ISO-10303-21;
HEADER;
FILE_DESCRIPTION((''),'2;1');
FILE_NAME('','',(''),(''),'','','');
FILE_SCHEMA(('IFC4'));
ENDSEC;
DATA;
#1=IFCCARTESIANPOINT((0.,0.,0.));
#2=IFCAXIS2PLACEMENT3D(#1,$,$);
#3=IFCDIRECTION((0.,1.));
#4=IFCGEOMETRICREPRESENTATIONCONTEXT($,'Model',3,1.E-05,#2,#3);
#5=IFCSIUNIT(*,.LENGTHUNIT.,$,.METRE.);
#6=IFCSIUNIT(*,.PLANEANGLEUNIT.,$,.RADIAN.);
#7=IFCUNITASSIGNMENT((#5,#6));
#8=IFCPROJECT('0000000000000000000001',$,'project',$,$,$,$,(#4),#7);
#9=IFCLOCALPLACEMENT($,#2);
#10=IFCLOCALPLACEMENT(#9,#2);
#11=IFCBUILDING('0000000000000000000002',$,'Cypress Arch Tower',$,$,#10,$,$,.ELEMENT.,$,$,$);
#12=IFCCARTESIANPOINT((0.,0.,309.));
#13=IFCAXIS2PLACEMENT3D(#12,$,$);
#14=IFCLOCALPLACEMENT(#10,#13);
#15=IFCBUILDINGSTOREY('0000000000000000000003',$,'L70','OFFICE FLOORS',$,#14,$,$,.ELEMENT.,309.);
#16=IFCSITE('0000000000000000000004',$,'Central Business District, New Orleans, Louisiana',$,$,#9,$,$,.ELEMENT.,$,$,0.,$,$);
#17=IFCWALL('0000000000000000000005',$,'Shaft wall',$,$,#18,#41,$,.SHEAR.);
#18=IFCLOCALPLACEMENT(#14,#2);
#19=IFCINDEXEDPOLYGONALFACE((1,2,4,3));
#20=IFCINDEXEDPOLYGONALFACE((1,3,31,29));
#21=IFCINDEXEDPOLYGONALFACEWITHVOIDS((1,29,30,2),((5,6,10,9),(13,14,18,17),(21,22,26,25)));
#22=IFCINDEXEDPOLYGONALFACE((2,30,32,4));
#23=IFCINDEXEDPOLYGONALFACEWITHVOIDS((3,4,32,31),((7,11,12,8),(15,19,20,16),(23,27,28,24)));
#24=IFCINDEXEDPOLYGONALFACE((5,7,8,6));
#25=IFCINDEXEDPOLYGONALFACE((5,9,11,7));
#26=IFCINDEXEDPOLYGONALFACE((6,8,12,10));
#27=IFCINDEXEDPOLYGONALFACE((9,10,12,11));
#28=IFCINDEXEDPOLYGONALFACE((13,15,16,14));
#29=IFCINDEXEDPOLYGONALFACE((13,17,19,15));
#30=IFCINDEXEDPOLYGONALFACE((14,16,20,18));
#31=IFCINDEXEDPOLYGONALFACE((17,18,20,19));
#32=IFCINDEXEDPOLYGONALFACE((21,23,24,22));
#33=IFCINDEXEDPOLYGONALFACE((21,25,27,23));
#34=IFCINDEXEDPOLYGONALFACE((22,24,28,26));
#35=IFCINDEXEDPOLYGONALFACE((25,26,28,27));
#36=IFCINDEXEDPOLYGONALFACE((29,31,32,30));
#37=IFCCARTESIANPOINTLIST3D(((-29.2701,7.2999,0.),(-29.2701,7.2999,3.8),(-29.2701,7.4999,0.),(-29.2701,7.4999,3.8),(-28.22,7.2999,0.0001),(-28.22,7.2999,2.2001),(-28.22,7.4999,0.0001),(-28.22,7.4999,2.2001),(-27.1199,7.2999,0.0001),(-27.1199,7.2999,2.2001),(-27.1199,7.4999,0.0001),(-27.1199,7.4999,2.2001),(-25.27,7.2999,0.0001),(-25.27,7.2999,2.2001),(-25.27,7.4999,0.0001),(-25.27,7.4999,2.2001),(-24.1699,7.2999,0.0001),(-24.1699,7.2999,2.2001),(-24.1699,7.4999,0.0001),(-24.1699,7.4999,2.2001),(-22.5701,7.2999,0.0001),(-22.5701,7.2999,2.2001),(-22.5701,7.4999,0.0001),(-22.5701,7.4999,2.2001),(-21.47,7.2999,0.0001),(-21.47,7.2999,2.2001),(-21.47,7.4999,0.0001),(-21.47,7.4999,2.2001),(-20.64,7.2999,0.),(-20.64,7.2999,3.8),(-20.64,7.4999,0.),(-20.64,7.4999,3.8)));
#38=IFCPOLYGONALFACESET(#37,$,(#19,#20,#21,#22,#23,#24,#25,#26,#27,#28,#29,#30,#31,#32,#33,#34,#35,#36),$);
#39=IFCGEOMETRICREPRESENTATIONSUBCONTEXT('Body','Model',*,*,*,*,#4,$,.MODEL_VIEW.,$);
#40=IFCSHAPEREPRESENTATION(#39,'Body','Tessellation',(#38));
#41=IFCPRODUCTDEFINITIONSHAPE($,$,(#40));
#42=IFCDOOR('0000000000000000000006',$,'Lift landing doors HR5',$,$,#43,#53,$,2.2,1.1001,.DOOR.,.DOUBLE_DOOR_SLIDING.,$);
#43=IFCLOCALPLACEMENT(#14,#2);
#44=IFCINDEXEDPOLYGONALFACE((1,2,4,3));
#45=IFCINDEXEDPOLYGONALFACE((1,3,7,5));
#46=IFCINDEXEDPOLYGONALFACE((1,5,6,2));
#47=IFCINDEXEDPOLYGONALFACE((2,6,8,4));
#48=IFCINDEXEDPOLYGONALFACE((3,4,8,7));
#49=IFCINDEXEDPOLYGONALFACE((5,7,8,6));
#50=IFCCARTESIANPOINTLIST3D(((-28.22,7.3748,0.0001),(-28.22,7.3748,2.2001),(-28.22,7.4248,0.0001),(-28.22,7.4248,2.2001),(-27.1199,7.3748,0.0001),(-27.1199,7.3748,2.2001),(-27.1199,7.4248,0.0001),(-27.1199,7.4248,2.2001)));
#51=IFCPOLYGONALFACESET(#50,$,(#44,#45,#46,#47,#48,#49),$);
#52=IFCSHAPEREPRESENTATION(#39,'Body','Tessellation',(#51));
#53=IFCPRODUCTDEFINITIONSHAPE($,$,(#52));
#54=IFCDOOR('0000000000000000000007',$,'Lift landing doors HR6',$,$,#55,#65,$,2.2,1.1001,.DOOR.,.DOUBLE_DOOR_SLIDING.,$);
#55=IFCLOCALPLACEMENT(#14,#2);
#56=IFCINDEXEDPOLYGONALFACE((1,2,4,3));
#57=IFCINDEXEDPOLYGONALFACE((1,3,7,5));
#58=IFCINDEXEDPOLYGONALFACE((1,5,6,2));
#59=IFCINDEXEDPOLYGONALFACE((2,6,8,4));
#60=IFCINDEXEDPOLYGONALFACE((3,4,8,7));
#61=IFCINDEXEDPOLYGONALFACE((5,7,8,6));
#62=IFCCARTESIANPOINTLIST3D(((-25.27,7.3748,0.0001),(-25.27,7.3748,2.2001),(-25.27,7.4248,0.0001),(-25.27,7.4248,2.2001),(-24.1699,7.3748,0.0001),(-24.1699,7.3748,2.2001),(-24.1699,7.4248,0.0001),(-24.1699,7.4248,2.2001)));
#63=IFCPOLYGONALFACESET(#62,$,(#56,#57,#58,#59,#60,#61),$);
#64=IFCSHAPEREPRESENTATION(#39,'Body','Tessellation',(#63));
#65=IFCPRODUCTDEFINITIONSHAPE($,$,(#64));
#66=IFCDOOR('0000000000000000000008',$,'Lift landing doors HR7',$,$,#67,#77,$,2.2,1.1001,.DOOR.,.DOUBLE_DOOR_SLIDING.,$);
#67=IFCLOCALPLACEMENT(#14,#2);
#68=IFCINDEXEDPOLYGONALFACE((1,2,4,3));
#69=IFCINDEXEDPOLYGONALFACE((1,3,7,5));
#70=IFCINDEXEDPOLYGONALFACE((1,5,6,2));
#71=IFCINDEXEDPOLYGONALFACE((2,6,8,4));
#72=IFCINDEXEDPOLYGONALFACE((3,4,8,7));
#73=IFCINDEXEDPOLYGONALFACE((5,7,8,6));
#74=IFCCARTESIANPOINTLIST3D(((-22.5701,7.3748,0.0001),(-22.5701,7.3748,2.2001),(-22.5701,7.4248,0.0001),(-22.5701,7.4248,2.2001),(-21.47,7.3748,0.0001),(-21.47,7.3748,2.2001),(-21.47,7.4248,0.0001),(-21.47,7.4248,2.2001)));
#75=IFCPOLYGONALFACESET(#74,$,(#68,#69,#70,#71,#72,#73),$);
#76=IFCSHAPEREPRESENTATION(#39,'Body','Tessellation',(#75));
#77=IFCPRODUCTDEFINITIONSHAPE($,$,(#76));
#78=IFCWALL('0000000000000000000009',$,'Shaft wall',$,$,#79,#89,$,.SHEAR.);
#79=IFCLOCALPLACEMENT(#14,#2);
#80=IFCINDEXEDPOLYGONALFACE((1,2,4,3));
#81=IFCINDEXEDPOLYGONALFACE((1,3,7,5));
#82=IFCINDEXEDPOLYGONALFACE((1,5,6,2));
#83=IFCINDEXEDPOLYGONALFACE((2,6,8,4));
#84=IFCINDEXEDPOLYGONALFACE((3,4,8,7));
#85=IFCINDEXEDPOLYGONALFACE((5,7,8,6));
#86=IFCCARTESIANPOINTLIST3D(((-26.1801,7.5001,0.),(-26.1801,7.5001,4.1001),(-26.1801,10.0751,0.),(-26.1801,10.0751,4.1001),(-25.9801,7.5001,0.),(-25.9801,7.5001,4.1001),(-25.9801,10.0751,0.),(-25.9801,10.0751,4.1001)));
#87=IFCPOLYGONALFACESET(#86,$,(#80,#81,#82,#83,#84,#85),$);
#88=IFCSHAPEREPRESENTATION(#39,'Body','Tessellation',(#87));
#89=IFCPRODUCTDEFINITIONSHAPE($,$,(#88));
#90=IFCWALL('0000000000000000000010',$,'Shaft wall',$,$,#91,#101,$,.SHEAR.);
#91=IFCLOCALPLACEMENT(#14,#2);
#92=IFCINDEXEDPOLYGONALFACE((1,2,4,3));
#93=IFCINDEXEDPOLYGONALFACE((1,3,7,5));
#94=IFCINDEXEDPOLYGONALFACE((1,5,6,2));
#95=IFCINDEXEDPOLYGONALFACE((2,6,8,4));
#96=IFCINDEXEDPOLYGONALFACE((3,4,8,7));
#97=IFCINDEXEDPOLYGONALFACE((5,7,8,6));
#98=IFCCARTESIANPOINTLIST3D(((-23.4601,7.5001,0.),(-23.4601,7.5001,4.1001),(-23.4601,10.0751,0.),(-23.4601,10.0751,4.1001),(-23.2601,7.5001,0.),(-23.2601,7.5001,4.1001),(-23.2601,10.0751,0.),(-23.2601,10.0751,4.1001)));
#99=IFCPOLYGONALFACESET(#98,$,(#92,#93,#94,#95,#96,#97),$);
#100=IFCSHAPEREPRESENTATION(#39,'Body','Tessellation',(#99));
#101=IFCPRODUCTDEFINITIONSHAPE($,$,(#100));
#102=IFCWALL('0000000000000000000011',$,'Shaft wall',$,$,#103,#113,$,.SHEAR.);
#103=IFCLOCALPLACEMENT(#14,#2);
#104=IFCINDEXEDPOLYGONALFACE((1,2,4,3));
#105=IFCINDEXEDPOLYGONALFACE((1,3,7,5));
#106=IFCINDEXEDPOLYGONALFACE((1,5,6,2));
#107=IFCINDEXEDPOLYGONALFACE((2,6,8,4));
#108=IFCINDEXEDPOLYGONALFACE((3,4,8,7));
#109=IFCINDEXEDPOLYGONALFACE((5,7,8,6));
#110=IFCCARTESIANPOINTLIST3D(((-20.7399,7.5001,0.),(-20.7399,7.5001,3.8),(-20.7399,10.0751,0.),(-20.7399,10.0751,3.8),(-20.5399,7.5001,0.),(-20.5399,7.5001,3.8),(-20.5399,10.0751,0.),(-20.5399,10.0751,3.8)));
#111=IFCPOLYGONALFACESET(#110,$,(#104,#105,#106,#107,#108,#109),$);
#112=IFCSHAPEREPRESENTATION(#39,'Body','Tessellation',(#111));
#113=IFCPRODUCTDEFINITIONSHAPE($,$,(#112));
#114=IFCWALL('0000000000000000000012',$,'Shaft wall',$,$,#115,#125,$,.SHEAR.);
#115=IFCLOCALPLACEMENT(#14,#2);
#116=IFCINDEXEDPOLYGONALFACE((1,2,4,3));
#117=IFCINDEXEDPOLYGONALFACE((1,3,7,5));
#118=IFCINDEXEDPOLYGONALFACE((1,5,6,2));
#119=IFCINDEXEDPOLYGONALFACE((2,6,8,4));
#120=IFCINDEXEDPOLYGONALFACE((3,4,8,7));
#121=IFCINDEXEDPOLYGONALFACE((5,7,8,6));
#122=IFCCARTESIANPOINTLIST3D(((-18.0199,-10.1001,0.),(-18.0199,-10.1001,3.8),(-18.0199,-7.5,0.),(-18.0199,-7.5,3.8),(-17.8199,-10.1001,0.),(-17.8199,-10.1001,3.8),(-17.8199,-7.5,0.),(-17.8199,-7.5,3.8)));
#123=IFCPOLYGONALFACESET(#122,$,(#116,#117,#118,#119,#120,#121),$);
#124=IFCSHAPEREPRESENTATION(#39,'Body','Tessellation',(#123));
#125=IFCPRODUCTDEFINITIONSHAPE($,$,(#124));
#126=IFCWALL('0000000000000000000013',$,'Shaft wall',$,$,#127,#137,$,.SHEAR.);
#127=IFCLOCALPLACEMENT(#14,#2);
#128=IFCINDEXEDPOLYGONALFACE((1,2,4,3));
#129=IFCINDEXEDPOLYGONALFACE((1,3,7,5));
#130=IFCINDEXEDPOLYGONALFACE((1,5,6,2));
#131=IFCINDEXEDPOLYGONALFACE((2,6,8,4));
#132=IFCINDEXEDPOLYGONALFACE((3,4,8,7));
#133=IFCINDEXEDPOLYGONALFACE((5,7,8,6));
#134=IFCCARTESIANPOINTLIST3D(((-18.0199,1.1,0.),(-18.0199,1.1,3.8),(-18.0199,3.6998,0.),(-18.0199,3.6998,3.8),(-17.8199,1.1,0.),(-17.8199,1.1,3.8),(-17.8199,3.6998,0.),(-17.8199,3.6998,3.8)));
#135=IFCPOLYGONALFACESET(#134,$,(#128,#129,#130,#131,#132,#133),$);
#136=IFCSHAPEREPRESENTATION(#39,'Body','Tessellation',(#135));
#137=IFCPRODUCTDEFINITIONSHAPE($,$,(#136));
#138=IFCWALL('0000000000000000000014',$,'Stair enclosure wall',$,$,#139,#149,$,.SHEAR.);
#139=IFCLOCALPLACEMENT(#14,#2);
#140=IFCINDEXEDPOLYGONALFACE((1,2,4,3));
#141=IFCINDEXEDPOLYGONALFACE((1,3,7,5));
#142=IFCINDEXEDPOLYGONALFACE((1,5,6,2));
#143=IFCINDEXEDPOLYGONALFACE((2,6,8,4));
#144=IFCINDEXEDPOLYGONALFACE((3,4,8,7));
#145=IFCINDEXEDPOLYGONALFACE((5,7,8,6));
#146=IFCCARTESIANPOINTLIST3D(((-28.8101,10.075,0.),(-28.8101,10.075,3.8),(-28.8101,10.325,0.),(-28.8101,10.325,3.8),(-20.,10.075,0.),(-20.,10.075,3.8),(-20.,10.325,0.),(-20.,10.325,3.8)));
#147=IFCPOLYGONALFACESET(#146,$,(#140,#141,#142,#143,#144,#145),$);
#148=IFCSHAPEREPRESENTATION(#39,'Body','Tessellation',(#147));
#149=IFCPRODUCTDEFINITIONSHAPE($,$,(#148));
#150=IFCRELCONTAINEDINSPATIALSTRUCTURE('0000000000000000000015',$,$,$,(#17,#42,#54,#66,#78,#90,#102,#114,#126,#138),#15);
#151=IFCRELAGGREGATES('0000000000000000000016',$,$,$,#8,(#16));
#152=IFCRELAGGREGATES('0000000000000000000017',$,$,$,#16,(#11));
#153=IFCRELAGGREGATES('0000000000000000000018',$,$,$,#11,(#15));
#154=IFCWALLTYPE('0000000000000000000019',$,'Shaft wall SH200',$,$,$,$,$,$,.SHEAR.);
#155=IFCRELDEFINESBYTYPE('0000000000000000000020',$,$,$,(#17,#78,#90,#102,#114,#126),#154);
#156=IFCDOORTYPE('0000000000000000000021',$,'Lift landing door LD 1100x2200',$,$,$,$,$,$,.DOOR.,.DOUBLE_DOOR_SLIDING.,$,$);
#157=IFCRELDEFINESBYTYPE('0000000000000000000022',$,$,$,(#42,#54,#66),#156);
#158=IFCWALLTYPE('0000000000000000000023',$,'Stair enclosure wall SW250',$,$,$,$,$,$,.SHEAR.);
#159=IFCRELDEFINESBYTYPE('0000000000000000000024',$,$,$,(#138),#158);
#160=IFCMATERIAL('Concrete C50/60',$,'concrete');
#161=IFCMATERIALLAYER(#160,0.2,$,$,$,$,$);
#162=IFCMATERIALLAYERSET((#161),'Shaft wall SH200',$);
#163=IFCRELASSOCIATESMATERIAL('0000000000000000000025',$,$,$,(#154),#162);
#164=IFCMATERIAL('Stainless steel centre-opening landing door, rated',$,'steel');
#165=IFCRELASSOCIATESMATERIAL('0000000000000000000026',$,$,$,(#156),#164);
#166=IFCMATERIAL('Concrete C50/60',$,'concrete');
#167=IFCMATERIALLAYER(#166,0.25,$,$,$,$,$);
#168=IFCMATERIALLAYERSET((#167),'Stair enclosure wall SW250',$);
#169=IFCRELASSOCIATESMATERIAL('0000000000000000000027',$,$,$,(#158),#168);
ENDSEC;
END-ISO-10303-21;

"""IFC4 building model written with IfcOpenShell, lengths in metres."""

from ifc_helpers import new_model, si_unit, direction, frame, frame_2d, origin, place, context, subcontext, project, spatial, rectangle, extrude, material, layer, layer_set, type_object, element, fill, save


model = new_model("IFC4")

# Units and contexts
model_context = context("Model", 3, precision=1e-05, world=origin(), true_north=direction((0.0, 1.0)))
body_context = subcontext(model_context, "Body", "Model", "MODEL_VIEW")
ifc_project = project(units=[si_unit("LENGTHUNIT", "METRE"), si_unit("PLANEANGLEUNIT", "RADIAN")], contexts=[model_context])

# Site, building, storey
site_placement = place(None, origin())
site = spatial("IfcSite", under=ifc_project, at=site_placement, Name="Central Business District, New Orleans, Louisiana", CompositionType="ELEMENT", RefElevation=0.0)
building_placement = place(site_placement, origin())
building = spatial("IfcBuilding", under=site, at=building_placement, Name="Cypress Arch Tower", CompositionType="ELEMENT")
storey_placement = place(building_placement, frame((0.0, 0.0, 309.0)))
storey = spatial("IfcBuildingStorey", under=building, at=storey_placement, Name="L70", Description="OFFICE FLOORS", CompositionType="ELEMENT", Elevation=309.0)

# Wall, openings, doors
ifc_material_1 = material(Name="Concrete C50/60", Category="concrete")
ifc_layer_1 = layer(ifc_material_1, 0.2)
ifc_layer_set_1 = layer_set([ifc_layer_1], Name="Shaft wall SH200")
wall_type_1 = type_object("IfcWallType", Name="Shaft wall SH200", PredefinedType="SHEAR", material=ifc_layer_set_1)
wall_1_placement = place(storey_placement, frame((-29.27, 7.3999, 0.0), z_axis=(0.0, 0.0, 1.0), x_axis=(1.0, 0.0, 0.0)))
wall_1 = element("IfcWall", 1, at=wall_1_placement, inside=storey, type_object=wall_type_1, Name="Shaft wall", PredefinedType="SHEAR", context=body_context, shape_type="SweptSolid", body=[
    extrude(rectangle(XDim=8.6301, YDim=0.2, at=frame_2d((4.3149, 0.0))), origin(), (0.0, 0.0, 1.0), 3.8),
])
opening_1_placement = place(wall_1_placement, frame((1.05, 0.0, 0.0)))
opening_1 = element("IfcOpeningElement", 2, at=opening_1_placement, cuts=wall_1, PredefinedType="OPENING", context=body_context, shape_type="SweptSolid", body=[
    extrude(rectangle(XDim=1.1001, YDim=2.2, at=frame_2d((0.55, 1.1001))), frame((0.0, 0.1099, 0.0), z_axis=(0.0, -1.0, 0.0), x_axis=(1.0, 0.0, 0.0)), (0.0, 0.0, 1.0), 0.22),
])
opening_2_placement = place(wall_1_placement, frame((4.0, 0.0, 0.0)))
opening_2 = element("IfcOpeningElement", 3, at=opening_2_placement, cuts=wall_1, PredefinedType="OPENING", context=body_context, shape_type="SweptSolid", body=[
    extrude(rectangle(XDim=1.1001, YDim=2.2, at=frame_2d((0.55, 1.1001))), frame((0.0, 0.1099, 0.0), z_axis=(0.0, -1.0, 0.0), x_axis=(1.0, 0.0, 0.0)), (0.0, 0.0, 1.0), 0.22),
])
opening_3_placement = place(wall_1_placement, frame((6.7, 0.0, 0.0)))
opening_3 = element("IfcOpeningElement", 4, at=opening_3_placement, cuts=wall_1, PredefinedType="OPENING", context=body_context, shape_type="SweptSolid", body=[
    extrude(rectangle(XDim=1.1001, YDim=2.2, at=frame_2d((0.55, 1.1001))), frame((0.0, 0.1099, 0.0), z_axis=(0.0, -1.0, 0.0), x_axis=(1.0, 0.0, 0.0)), (0.0, 0.0, 1.0), 0.22),
])
ifc_material_2 = material(Name="Stainless steel centre-opening landing door, rated", Category="steel")
door_type_1 = type_object("IfcDoorType", Name="Lift landing door LD 1100x2200", OperationType="DOUBLE_DOOR_SLIDING", PredefinedType="DOOR", material=ifc_material_2)
door_1_placement = place(opening_1_placement, origin())
door_1 = element("IfcDoor", 5, at=door_1_placement, inside=storey, type_object=door_type_1, Name="Lift landing doors HR5", OperationType="DOUBLE_DOOR_SLIDING", OverallHeight=2.2, OverallWidth=1.1001, PredefinedType="DOOR", context=body_context, shape_type="SweptSolid", body=[
    extrude(rectangle(XDim=1.1001, YDim=2.2, at=frame_2d((0.55, 1.1001))), frame((0.0, 0.0249, 0.0), z_axis=(0.0, -1.0, 0.0), x_axis=(1.0, 0.0, 0.0)), (0.0, 0.0, 1.0), 0.05),
])
fill(opening_1, door_1)
door_2_placement = place(opening_2_placement, origin())
door_2 = element("IfcDoor", 6, at=door_2_placement, inside=storey, type_object=door_type_1, Name="Lift landing doors HR6", OperationType="DOUBLE_DOOR_SLIDING", OverallHeight=2.2, OverallWidth=1.1001, PredefinedType="DOOR", context=body_context, shape_type="SweptSolid", body=[
    extrude(rectangle(XDim=1.1001, YDim=2.2, at=frame_2d((0.55, 1.1001))), frame((0.0, 0.0249, 0.0), z_axis=(0.0, -1.0, 0.0), x_axis=(1.0, 0.0, 0.0)), (0.0, 0.0, 1.0), 0.05),
])
fill(opening_2, door_2)
door_3_placement = place(opening_3_placement, origin())
door_3 = element("IfcDoor", 7, at=door_3_placement, inside=storey, type_object=door_type_1, Name="Lift landing doors HR7", OperationType="DOUBLE_DOOR_SLIDING", OverallHeight=2.2, OverallWidth=1.1001, PredefinedType="DOOR", context=body_context, shape_type="SweptSolid", body=[
    extrude(rectangle(XDim=1.1001, YDim=2.2, at=frame_2d((0.55, 1.1001))), frame((0.0, 0.0249, 0.0), z_axis=(0.0, -1.0, 0.0), x_axis=(1.0, 0.0, 0.0)), (0.0, 0.0, 1.0), 0.05),
])
fill(opening_3, door_3)

# Walls
for number, where, z_axis, x_axis, name in (
    (8, (-26.0801, 7.5, 0.0), (0.0, 0.0, 1.0), (0.0, 1.0, 0.0), "Shaft wall"),
    (9, (-23.3601, 7.5, 0.0), (0.0, 0.0, 1.0), (0.0, 1.0, 0.0), "Shaft wall"),
):
    element("IfcWall", number, at=place(storey_placement, frame(where, z_axis=z_axis, x_axis=x_axis)), inside=storey, type_object=wall_type_1, Name=name, PredefinedType="SHEAR", context=body_context, shape_type="SweptSolid", body=[
        extrude(rectangle(XDim=2.575, YDim=0.2, at=frame_2d((1.2876, 0.0))), origin(), (0.0, 0.0, 1.0), 4.1001),
    ])
wall_2_placement = place(storey_placement, frame((-20.6399, 7.5, 0.0), z_axis=(0.0, 0.0, 1.0), x_axis=(0.0, 1.0, 0.0)))
element("IfcWall", 10, at=wall_2_placement, inside=storey, type_object=wall_type_1, Name="Shaft wall", PredefinedType="SHEAR", context=body_context, shape_type="SweptSolid", body=[
    extrude(rectangle(XDim=2.575, YDim=0.2, at=frame_2d((1.2876, 0.0))), origin(), (0.0, 0.0, 1.0), 3.8),
])
wall_3_placement = place(storey_placement, frame((-17.9199, -10.1001, 0.0), z_axis=(0.0, 0.0, 1.0), x_axis=(0.0, 1.0, 0.0)))
element("IfcWall", 11, at=wall_3_placement, inside=storey, type_object=wall_type_1, Name="Shaft wall", PredefinedType="SHEAR", context=body_context, shape_type="SweptSolid", body=[
    extrude(rectangle(XDim=2.6001, YDim=0.2, at=frame_2d((1.3, 0.0))), origin(), (0.0, 0.0, 1.0), 3.8),
])
wall_4_placement = place(storey_placement, frame((-17.9199, 1.1001, 0.0), z_axis=(0.0, 0.0, 1.0), x_axis=(0.0, 1.0, 0.0)))
element("IfcWall", 12, at=wall_4_placement, inside=storey, type_object=wall_type_1, Name="Shaft wall", PredefinedType="SHEAR", context=body_context, shape_type="SweptSolid", body=[
    extrude(rectangle(XDim=2.5999, YDim=0.2, at=frame_2d((1.2998, 0.0))), origin(), (0.0, 0.0, 1.0), 3.8),
])
ifc_material_3 = material(Name="Concrete C50/60", Category="concrete")
ifc_layer_2 = layer(ifc_material_3, 0.25)
ifc_layer_set_2 = layer_set([ifc_layer_2], Name="Stair enclosure wall SW250")
wall_type_2 = type_object("IfcWallType", Name="Stair enclosure wall SW250", PredefinedType="SHEAR", material=ifc_layer_set_2)
wall_5_placement = place(storey_placement, frame((-28.8101, 10.2, 0.0), z_axis=(0.0, 0.0, 1.0), x_axis=(1.0, 0.0, 0.0)))
element("IfcWall", 13, at=wall_5_placement, inside=storey, type_object=wall_type_2, Name="Stair enclosure wall", PredefinedType="SHEAR", context=body_context, shape_type="SweptSolid", body=[
    extrude(rectangle(XDim=8.8101, YDim=0.25, at=frame_2d((4.405, 0.0))), origin(), (0.0, 0.0, 1.0), 3.8),
])

save(model, "model.ifc")
